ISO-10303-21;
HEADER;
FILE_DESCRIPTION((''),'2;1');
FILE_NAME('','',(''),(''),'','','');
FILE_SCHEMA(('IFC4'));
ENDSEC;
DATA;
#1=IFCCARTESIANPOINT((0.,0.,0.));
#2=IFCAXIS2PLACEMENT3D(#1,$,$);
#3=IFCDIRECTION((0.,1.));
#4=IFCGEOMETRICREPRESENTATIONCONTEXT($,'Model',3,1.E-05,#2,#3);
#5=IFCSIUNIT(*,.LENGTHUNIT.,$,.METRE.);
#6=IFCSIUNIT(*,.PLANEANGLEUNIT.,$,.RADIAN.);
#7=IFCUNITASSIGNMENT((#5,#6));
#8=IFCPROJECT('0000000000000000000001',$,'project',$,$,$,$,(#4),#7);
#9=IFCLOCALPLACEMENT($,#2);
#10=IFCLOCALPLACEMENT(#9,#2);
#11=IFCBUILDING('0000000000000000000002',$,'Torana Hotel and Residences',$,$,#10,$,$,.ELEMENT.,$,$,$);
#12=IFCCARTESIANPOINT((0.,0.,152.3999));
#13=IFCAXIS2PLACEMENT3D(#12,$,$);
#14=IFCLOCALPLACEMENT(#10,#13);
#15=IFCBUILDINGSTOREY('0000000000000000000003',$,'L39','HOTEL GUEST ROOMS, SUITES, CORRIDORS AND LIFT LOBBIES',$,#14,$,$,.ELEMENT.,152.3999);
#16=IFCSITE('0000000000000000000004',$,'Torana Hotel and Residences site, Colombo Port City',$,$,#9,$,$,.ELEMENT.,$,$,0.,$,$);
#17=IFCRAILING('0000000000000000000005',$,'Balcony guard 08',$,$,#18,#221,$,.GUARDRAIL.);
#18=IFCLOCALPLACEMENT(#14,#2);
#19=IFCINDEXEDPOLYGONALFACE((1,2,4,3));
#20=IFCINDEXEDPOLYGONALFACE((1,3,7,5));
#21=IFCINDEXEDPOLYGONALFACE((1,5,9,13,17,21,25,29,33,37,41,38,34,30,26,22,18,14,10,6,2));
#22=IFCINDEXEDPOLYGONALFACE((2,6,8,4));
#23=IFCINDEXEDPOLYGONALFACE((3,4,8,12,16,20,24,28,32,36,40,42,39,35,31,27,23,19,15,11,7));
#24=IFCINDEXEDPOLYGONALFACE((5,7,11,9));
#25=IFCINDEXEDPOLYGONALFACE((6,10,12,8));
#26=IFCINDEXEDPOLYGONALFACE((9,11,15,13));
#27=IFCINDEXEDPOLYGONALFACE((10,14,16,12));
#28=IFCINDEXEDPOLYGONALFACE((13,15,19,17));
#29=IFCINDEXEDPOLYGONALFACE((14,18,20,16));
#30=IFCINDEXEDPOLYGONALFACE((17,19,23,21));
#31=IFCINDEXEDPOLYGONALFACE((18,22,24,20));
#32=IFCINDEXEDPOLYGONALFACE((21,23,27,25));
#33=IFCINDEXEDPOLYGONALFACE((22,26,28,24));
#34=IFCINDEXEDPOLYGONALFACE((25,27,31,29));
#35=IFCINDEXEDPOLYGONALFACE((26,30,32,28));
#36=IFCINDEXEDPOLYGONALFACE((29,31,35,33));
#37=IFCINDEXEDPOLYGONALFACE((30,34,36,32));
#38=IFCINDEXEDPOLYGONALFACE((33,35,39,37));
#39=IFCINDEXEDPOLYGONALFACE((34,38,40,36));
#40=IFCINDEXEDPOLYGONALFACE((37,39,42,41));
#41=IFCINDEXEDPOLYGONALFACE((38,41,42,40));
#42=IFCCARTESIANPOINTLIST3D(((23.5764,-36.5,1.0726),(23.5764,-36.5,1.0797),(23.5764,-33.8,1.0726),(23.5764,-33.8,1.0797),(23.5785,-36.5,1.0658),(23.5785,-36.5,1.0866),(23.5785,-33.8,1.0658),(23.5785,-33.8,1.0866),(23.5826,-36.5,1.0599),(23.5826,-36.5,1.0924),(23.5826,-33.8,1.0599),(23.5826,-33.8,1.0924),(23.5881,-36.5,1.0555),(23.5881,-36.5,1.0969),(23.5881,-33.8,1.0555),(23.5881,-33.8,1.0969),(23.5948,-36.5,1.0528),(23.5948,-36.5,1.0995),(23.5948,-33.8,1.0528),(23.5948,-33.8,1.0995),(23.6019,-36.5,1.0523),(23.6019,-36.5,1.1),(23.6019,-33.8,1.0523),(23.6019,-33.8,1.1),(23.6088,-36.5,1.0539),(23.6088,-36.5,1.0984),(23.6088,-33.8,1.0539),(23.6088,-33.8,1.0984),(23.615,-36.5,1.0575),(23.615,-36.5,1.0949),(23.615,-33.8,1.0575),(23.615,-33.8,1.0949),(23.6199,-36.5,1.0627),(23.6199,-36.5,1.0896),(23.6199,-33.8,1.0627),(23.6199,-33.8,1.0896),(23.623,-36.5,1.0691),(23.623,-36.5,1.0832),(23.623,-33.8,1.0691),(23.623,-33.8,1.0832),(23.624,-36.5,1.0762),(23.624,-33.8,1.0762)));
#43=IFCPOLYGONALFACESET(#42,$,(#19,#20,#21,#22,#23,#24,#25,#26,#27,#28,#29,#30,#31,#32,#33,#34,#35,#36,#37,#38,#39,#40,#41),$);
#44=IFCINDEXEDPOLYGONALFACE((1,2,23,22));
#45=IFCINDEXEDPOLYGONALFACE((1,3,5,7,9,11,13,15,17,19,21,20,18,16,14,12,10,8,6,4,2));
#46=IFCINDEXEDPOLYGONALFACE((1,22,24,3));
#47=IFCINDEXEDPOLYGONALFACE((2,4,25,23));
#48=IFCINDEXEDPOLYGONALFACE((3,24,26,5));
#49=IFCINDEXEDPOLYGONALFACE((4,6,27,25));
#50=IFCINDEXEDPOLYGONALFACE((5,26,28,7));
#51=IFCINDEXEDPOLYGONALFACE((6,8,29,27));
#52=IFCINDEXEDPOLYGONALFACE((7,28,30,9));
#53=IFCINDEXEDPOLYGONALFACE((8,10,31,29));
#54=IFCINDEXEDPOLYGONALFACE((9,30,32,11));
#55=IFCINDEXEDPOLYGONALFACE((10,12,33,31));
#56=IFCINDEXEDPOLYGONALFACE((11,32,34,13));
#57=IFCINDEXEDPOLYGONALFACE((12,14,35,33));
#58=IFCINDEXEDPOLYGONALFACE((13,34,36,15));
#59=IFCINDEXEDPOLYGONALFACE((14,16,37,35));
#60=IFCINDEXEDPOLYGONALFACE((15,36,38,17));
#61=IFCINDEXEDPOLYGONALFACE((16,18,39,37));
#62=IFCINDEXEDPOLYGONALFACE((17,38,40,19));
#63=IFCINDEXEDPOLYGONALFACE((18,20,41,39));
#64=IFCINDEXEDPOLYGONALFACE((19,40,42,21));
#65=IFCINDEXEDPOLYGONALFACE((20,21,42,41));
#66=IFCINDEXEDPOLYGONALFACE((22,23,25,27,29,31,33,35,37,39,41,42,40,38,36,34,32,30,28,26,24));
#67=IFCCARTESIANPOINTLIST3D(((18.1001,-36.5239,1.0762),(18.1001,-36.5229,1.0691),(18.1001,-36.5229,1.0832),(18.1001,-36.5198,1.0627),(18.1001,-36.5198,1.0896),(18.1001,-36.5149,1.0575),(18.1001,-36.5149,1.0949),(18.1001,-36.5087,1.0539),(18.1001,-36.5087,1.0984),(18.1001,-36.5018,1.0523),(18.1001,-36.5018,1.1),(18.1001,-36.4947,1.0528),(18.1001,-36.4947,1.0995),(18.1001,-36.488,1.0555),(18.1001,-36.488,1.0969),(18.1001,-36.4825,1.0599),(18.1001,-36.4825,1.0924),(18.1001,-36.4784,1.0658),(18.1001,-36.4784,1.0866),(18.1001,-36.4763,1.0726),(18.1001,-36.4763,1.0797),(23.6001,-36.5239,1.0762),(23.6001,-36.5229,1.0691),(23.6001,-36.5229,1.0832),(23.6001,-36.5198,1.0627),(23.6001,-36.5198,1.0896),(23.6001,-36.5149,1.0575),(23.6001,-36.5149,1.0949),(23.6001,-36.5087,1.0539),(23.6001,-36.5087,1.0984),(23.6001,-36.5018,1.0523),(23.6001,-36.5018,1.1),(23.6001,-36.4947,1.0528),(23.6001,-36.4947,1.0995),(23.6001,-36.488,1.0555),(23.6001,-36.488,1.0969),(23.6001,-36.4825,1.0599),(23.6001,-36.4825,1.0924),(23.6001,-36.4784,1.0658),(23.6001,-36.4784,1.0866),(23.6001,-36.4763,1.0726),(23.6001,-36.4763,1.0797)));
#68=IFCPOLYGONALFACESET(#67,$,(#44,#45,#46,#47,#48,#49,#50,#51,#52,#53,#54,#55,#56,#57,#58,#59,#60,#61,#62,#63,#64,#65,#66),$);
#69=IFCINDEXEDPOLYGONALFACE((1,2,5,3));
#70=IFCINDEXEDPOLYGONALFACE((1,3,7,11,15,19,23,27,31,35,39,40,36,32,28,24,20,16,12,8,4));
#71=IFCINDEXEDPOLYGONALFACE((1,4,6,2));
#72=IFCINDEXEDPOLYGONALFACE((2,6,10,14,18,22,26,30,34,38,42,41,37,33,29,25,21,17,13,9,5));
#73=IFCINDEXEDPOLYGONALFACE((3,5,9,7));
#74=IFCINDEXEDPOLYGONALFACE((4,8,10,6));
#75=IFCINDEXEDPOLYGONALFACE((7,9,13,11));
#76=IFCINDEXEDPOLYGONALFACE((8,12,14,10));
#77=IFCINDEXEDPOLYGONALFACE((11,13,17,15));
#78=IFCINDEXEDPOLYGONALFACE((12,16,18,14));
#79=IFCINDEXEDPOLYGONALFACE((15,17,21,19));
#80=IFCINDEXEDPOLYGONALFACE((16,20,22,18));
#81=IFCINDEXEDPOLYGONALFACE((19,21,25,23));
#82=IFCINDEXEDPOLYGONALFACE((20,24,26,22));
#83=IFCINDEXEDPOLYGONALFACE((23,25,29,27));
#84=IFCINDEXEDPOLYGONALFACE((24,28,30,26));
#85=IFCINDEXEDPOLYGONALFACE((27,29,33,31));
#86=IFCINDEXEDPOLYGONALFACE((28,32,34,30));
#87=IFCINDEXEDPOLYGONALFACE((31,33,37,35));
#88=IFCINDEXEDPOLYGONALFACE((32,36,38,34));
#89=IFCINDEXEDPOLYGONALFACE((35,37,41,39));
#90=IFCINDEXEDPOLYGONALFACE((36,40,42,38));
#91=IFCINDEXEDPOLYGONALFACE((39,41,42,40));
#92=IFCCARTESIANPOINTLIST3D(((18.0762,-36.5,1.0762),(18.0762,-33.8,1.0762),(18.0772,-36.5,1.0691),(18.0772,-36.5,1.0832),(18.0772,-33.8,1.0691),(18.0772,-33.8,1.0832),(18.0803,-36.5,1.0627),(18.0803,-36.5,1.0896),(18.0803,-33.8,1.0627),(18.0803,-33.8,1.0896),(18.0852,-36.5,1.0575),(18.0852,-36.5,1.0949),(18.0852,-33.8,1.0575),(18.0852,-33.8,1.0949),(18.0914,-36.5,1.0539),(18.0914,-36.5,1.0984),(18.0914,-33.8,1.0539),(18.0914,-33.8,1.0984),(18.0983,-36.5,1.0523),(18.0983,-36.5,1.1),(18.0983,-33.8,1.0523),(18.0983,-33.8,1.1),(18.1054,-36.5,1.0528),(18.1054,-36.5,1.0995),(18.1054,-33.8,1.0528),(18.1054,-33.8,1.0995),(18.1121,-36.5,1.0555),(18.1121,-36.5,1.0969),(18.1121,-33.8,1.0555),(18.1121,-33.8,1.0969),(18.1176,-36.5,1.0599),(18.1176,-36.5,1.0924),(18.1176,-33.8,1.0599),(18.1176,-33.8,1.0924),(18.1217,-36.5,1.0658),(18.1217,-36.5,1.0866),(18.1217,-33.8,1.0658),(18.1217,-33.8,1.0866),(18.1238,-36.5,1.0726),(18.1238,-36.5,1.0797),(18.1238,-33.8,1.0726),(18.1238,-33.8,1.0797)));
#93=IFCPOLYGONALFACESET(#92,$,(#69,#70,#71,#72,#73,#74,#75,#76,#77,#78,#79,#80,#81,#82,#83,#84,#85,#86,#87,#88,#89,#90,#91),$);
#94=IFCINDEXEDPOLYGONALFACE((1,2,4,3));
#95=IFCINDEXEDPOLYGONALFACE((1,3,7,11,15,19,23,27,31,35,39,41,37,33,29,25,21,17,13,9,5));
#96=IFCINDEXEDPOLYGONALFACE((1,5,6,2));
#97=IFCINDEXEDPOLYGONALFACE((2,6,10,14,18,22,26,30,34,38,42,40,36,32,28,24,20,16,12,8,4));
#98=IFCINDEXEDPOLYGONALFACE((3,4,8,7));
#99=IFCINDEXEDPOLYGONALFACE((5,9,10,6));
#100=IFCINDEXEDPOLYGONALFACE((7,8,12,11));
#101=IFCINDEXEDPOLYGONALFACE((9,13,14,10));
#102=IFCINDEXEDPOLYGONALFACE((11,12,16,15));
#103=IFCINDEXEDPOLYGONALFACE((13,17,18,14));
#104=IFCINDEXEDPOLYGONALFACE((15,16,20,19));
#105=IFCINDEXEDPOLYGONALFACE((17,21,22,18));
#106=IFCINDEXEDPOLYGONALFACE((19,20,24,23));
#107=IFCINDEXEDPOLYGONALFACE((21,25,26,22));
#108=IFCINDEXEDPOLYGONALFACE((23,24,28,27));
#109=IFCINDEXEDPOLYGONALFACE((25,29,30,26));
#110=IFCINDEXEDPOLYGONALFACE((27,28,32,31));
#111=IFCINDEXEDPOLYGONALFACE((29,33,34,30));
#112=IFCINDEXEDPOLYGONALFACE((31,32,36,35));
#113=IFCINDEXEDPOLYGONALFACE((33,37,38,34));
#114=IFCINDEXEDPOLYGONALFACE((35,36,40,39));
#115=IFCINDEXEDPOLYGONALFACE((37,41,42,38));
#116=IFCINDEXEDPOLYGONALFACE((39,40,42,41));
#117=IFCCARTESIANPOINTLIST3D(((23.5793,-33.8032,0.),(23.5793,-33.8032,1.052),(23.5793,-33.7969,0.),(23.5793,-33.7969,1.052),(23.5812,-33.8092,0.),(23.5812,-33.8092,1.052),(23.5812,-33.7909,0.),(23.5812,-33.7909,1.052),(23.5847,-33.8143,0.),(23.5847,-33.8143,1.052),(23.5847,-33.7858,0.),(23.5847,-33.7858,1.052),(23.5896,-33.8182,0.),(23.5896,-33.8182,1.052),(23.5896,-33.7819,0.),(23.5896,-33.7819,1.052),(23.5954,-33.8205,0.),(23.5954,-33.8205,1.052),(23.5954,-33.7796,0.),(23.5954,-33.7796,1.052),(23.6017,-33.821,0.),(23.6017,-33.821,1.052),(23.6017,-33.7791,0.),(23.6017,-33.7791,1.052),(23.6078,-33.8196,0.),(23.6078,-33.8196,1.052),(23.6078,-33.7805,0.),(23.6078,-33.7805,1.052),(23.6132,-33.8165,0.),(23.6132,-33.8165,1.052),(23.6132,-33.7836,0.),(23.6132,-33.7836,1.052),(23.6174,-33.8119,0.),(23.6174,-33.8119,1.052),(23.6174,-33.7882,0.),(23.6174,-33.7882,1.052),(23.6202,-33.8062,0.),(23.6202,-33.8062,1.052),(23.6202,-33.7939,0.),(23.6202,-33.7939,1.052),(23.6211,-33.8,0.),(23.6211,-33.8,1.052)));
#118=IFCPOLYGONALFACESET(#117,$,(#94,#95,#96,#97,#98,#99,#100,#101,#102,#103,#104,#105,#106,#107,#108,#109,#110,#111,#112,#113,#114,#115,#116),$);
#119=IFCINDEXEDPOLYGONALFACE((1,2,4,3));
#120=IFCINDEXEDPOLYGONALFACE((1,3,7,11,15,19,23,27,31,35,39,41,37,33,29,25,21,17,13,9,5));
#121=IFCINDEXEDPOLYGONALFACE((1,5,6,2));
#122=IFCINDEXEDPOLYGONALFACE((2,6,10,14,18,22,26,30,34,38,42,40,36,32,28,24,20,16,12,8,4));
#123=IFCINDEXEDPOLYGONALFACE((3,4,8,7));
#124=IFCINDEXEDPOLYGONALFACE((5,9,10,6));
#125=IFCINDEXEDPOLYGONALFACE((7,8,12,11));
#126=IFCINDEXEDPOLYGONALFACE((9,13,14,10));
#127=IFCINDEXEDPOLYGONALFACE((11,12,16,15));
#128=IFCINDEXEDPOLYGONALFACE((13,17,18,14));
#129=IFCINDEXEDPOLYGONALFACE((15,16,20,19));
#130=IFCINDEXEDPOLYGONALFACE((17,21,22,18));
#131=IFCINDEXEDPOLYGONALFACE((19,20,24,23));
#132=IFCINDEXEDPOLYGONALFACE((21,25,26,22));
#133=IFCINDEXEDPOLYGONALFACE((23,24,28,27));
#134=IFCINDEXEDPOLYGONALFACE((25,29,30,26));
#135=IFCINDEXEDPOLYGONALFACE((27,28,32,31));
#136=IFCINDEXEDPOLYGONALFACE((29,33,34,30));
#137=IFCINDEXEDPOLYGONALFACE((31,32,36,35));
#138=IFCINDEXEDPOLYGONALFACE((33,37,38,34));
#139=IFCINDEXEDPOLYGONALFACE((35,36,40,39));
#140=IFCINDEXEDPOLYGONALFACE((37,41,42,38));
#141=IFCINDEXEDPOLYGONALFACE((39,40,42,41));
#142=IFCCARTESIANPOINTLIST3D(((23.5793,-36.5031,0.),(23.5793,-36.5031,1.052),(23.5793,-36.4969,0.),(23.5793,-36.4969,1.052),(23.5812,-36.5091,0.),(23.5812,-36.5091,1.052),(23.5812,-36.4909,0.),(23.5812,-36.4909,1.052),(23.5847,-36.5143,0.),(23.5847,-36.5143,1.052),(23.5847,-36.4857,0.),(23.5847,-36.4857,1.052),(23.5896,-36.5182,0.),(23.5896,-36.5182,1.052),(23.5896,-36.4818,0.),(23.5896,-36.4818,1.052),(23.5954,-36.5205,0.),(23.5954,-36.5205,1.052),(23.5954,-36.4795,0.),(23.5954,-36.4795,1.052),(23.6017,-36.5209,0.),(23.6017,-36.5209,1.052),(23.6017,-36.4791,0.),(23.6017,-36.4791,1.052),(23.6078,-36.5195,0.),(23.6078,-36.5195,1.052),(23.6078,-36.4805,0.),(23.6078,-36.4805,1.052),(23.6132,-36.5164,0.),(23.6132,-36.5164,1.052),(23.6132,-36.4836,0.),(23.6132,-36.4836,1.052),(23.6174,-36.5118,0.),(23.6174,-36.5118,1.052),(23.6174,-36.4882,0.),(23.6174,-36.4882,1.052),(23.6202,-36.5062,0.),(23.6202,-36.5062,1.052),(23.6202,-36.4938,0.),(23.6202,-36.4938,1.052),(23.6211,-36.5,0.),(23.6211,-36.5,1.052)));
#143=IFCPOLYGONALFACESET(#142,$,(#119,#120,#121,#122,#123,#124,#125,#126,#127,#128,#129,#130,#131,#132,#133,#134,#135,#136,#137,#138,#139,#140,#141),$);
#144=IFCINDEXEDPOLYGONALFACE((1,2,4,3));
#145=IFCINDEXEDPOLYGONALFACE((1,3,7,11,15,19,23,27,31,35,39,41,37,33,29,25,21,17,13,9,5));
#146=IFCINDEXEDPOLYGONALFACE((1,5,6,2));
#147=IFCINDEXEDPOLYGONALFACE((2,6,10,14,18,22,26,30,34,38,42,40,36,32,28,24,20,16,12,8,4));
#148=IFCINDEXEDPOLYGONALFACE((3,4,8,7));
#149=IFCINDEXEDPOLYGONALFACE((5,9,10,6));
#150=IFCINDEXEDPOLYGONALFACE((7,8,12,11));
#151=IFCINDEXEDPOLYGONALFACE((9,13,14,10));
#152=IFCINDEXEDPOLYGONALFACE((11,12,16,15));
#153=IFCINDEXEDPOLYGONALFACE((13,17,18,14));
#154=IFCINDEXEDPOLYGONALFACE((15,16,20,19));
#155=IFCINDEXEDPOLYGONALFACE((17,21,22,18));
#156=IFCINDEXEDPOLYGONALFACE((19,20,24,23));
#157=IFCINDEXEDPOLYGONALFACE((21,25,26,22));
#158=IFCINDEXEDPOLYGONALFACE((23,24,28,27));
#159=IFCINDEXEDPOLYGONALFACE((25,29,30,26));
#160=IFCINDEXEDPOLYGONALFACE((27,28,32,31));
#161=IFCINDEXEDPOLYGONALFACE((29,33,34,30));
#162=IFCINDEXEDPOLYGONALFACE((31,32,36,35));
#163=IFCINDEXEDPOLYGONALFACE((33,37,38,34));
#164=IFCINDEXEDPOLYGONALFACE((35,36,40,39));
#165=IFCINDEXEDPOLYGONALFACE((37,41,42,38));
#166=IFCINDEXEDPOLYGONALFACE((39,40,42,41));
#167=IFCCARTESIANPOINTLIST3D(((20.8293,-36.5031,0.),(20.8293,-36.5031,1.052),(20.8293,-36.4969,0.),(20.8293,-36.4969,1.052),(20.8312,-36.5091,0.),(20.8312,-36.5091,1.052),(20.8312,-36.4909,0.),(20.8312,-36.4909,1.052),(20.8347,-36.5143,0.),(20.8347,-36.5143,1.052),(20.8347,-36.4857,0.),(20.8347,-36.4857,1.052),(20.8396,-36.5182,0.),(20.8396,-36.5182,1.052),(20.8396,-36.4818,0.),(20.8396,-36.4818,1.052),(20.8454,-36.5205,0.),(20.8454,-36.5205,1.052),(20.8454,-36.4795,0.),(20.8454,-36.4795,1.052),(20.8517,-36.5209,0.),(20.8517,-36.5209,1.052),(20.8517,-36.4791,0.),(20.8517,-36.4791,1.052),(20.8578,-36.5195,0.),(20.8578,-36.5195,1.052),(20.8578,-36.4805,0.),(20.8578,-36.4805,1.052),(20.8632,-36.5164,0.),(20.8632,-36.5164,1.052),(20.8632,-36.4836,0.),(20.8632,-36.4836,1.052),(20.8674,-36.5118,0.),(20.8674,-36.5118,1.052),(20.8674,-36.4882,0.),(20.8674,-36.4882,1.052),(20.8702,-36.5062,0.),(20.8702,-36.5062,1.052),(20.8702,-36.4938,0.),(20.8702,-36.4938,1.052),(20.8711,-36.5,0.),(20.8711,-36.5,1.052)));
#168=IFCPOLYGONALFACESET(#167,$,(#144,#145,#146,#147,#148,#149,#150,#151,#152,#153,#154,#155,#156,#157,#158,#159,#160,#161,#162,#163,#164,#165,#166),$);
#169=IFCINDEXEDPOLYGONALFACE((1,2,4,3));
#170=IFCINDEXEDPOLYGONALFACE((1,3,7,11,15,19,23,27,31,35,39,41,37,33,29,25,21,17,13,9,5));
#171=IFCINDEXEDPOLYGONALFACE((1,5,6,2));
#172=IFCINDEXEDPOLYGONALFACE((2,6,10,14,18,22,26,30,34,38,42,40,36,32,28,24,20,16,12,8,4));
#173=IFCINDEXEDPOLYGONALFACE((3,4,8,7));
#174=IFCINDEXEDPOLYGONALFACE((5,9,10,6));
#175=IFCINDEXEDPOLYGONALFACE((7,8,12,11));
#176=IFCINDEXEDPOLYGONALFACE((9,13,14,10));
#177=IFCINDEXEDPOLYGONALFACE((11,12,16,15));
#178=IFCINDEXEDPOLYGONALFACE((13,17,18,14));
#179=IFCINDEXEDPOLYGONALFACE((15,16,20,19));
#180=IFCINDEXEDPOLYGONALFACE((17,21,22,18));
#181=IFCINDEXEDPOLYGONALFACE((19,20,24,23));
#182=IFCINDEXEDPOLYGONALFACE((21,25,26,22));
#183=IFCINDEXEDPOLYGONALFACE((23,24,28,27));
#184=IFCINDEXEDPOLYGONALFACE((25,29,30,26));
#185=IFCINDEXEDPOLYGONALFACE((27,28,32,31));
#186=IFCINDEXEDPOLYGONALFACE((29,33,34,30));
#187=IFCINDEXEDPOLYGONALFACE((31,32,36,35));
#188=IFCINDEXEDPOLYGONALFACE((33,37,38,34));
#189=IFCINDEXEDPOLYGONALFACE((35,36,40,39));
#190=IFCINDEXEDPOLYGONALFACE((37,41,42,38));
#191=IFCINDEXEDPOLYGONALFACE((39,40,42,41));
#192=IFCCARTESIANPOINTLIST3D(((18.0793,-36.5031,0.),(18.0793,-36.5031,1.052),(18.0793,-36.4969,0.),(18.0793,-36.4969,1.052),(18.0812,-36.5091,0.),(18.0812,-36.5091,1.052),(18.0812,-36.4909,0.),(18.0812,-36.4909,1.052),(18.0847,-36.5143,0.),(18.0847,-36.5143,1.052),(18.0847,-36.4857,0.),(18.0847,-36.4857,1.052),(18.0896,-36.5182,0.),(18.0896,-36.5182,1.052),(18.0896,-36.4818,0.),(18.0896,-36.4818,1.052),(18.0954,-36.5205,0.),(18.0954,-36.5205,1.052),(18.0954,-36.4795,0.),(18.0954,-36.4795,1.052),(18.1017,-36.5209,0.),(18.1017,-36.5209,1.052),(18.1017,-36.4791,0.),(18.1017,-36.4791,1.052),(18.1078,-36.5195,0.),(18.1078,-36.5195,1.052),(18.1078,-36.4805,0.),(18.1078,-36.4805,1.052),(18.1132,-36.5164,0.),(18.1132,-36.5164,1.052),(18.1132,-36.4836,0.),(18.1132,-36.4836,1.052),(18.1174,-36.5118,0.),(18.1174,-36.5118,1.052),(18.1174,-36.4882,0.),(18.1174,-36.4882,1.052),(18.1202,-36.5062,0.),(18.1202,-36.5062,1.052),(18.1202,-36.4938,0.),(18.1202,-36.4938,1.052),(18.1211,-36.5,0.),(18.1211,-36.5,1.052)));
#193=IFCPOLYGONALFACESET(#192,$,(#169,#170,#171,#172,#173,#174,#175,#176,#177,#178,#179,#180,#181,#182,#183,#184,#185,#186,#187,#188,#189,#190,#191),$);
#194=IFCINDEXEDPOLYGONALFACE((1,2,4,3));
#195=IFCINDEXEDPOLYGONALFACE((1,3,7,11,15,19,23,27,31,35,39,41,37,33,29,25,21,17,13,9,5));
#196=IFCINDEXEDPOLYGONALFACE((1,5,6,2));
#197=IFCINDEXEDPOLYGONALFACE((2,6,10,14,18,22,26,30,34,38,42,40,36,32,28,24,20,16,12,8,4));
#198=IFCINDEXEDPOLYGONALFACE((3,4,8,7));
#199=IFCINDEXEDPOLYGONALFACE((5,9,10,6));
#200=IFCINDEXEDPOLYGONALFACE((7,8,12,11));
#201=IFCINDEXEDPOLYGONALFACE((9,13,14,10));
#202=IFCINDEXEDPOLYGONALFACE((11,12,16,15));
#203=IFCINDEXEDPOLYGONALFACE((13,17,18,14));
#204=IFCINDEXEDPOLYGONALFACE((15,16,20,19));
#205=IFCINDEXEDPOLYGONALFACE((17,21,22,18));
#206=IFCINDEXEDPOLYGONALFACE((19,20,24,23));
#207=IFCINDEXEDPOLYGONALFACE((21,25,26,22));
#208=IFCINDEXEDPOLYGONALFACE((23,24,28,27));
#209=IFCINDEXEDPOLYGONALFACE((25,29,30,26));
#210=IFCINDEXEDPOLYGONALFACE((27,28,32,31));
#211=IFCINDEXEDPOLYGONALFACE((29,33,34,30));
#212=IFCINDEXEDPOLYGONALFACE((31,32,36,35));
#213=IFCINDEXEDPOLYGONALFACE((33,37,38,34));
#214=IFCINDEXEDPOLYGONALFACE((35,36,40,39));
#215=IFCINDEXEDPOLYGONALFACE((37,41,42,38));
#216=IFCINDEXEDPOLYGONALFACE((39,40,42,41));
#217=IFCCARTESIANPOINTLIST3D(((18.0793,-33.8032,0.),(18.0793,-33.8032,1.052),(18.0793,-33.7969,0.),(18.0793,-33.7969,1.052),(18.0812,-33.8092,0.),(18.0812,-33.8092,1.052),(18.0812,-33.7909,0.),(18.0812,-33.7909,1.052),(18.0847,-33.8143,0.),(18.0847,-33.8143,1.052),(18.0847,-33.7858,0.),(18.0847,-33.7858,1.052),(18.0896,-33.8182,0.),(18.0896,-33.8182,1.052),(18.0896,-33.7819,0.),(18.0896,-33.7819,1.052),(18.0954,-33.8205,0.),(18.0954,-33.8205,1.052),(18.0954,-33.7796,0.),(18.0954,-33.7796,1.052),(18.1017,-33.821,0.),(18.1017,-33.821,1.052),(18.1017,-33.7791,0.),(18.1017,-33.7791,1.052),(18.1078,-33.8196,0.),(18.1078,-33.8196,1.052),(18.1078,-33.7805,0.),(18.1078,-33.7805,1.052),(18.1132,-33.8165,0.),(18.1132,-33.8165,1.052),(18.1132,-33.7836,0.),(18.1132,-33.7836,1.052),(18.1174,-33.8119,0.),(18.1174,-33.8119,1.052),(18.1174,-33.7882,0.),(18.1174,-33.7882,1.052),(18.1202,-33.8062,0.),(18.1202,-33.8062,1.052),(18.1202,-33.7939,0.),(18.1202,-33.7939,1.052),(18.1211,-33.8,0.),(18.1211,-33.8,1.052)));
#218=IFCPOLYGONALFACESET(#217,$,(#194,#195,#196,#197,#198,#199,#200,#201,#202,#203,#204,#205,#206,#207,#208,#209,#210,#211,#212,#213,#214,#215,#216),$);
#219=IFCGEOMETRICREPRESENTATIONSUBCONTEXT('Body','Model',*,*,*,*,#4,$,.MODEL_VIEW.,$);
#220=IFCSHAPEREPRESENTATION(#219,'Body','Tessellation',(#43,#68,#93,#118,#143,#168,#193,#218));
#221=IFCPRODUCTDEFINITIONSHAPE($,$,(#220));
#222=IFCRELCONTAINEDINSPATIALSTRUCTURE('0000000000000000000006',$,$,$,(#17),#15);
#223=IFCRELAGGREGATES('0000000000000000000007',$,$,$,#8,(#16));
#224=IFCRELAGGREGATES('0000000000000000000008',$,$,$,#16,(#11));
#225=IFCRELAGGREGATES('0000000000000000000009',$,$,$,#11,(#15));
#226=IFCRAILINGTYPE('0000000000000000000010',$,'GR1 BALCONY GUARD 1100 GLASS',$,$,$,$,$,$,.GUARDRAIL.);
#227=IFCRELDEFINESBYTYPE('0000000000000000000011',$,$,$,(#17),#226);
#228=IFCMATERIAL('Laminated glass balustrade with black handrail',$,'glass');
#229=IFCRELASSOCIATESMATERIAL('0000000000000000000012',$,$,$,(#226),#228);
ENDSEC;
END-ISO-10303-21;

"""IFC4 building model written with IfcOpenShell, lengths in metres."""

from ifc_helpers import new_model, si_unit, direction, frame, origin, origin_2d, place, context, subcontext, project, spatial, circle, extrude, material, type_object, element, save


model = new_model("IFC4")

# Units and contexts
model_context = context("Model", 3, precision=1e-05, world=origin(), true_north=direction((0.0, 1.0)))
body_context = subcontext(model_context, "Body", "Model", "MODEL_VIEW")
ifc_project = project(units=[si_unit("LENGTHUNIT", "METRE"), si_unit("PLANEANGLEUNIT", "RADIAN")], contexts=[model_context])

# Site, building, storey
site_placement = place(None, origin())
site = spatial("IfcSite", under=ifc_project, at=site_placement, Name="Torana Hotel and Residences site, Colombo Port City", CompositionType="ELEMENT", RefElevation=0.0)
building_placement = place(site_placement, origin())
building = spatial("IfcBuilding", under=site, at=building_placement, Name="Torana Hotel and Residences", CompositionType="ELEMENT")
storey_placement = place(building_placement, frame((0.0, 0.0, 152.3999)))
storey = spatial("IfcBuildingStorey", under=building, at=storey_placement, Name="L39", Description="HOTEL GUEST ROOMS, SUITES, CORRIDORS AND LIFT LOBBIES", CompositionType="ELEMENT", Elevation=152.3999)

# Railing
ifc_material_1 = material(Name="Laminated glass balustrade with black handrail", Category="glass")
railing_type = type_object("IfcRailingType", Name="GR1 BALCONY GUARD 1100 GLASS", PredefinedType="GUARDRAIL", material=ifc_material_1)
railing_placement = place(storey_placement, frame((23.6001, -33.8, 0.0)))
element("IfcRailing", 1, at=railing_placement, inside=storey, type_object=railing_type, Name="Balcony guard 08", PredefinedType="GUARDRAIL", context=body_context, shape_type="SweptSolid", body=[
    extrude(circle(Radius=0.0239, at=origin_2d()), frame((0.0, 0.0, 1.0762), z_axis=(0.0, -1.0, 0.0), x_axis=(1.0, 0.0, 0.0)), (0.0, 0.0, 1.0), 2.7),
    extrude(circle(Radius=0.0239, at=origin_2d()), frame((0.0, -2.7, 1.0762), z_axis=(-1.0, 0.0, 0.0), x_axis=(0.0, -1.0, 0.0)), (0.0, 0.0, 1.0), 5.5),
    extrude(circle(Radius=0.0239, at=origin_2d()), frame((-5.5, -2.7, 1.0762), z_axis=(0.0, 1.0, 0.0), x_axis=(-1.0, 0.0, 0.0)), (0.0, 0.0, 1.0), 2.7),
    extrude(circle(Radius=0.021, at=origin_2d()), origin(), (0.0, 0.0, 1.0), 1.052),
    extrude(circle(Radius=0.021, at=origin_2d()), frame((0.0, -2.7, 0.0)), (0.0, 0.0, 1.0), 1.052),
    extrude(circle(Radius=0.021, at=origin_2d()), frame((-2.75, -2.7, 0.0)), (0.0, 0.0, 1.0), 1.052),
    extrude(circle(Radius=0.021, at=origin_2d()), frame((-5.5, -2.7, 0.0)), (0.0, 0.0, 1.0), 1.052),
    extrude(circle(Radius=0.021, at=origin_2d()), frame((-5.5, 0.0, 0.0)), (0.0, 0.0, 1.0), 1.052),
])

save(model, "model.ifc")
